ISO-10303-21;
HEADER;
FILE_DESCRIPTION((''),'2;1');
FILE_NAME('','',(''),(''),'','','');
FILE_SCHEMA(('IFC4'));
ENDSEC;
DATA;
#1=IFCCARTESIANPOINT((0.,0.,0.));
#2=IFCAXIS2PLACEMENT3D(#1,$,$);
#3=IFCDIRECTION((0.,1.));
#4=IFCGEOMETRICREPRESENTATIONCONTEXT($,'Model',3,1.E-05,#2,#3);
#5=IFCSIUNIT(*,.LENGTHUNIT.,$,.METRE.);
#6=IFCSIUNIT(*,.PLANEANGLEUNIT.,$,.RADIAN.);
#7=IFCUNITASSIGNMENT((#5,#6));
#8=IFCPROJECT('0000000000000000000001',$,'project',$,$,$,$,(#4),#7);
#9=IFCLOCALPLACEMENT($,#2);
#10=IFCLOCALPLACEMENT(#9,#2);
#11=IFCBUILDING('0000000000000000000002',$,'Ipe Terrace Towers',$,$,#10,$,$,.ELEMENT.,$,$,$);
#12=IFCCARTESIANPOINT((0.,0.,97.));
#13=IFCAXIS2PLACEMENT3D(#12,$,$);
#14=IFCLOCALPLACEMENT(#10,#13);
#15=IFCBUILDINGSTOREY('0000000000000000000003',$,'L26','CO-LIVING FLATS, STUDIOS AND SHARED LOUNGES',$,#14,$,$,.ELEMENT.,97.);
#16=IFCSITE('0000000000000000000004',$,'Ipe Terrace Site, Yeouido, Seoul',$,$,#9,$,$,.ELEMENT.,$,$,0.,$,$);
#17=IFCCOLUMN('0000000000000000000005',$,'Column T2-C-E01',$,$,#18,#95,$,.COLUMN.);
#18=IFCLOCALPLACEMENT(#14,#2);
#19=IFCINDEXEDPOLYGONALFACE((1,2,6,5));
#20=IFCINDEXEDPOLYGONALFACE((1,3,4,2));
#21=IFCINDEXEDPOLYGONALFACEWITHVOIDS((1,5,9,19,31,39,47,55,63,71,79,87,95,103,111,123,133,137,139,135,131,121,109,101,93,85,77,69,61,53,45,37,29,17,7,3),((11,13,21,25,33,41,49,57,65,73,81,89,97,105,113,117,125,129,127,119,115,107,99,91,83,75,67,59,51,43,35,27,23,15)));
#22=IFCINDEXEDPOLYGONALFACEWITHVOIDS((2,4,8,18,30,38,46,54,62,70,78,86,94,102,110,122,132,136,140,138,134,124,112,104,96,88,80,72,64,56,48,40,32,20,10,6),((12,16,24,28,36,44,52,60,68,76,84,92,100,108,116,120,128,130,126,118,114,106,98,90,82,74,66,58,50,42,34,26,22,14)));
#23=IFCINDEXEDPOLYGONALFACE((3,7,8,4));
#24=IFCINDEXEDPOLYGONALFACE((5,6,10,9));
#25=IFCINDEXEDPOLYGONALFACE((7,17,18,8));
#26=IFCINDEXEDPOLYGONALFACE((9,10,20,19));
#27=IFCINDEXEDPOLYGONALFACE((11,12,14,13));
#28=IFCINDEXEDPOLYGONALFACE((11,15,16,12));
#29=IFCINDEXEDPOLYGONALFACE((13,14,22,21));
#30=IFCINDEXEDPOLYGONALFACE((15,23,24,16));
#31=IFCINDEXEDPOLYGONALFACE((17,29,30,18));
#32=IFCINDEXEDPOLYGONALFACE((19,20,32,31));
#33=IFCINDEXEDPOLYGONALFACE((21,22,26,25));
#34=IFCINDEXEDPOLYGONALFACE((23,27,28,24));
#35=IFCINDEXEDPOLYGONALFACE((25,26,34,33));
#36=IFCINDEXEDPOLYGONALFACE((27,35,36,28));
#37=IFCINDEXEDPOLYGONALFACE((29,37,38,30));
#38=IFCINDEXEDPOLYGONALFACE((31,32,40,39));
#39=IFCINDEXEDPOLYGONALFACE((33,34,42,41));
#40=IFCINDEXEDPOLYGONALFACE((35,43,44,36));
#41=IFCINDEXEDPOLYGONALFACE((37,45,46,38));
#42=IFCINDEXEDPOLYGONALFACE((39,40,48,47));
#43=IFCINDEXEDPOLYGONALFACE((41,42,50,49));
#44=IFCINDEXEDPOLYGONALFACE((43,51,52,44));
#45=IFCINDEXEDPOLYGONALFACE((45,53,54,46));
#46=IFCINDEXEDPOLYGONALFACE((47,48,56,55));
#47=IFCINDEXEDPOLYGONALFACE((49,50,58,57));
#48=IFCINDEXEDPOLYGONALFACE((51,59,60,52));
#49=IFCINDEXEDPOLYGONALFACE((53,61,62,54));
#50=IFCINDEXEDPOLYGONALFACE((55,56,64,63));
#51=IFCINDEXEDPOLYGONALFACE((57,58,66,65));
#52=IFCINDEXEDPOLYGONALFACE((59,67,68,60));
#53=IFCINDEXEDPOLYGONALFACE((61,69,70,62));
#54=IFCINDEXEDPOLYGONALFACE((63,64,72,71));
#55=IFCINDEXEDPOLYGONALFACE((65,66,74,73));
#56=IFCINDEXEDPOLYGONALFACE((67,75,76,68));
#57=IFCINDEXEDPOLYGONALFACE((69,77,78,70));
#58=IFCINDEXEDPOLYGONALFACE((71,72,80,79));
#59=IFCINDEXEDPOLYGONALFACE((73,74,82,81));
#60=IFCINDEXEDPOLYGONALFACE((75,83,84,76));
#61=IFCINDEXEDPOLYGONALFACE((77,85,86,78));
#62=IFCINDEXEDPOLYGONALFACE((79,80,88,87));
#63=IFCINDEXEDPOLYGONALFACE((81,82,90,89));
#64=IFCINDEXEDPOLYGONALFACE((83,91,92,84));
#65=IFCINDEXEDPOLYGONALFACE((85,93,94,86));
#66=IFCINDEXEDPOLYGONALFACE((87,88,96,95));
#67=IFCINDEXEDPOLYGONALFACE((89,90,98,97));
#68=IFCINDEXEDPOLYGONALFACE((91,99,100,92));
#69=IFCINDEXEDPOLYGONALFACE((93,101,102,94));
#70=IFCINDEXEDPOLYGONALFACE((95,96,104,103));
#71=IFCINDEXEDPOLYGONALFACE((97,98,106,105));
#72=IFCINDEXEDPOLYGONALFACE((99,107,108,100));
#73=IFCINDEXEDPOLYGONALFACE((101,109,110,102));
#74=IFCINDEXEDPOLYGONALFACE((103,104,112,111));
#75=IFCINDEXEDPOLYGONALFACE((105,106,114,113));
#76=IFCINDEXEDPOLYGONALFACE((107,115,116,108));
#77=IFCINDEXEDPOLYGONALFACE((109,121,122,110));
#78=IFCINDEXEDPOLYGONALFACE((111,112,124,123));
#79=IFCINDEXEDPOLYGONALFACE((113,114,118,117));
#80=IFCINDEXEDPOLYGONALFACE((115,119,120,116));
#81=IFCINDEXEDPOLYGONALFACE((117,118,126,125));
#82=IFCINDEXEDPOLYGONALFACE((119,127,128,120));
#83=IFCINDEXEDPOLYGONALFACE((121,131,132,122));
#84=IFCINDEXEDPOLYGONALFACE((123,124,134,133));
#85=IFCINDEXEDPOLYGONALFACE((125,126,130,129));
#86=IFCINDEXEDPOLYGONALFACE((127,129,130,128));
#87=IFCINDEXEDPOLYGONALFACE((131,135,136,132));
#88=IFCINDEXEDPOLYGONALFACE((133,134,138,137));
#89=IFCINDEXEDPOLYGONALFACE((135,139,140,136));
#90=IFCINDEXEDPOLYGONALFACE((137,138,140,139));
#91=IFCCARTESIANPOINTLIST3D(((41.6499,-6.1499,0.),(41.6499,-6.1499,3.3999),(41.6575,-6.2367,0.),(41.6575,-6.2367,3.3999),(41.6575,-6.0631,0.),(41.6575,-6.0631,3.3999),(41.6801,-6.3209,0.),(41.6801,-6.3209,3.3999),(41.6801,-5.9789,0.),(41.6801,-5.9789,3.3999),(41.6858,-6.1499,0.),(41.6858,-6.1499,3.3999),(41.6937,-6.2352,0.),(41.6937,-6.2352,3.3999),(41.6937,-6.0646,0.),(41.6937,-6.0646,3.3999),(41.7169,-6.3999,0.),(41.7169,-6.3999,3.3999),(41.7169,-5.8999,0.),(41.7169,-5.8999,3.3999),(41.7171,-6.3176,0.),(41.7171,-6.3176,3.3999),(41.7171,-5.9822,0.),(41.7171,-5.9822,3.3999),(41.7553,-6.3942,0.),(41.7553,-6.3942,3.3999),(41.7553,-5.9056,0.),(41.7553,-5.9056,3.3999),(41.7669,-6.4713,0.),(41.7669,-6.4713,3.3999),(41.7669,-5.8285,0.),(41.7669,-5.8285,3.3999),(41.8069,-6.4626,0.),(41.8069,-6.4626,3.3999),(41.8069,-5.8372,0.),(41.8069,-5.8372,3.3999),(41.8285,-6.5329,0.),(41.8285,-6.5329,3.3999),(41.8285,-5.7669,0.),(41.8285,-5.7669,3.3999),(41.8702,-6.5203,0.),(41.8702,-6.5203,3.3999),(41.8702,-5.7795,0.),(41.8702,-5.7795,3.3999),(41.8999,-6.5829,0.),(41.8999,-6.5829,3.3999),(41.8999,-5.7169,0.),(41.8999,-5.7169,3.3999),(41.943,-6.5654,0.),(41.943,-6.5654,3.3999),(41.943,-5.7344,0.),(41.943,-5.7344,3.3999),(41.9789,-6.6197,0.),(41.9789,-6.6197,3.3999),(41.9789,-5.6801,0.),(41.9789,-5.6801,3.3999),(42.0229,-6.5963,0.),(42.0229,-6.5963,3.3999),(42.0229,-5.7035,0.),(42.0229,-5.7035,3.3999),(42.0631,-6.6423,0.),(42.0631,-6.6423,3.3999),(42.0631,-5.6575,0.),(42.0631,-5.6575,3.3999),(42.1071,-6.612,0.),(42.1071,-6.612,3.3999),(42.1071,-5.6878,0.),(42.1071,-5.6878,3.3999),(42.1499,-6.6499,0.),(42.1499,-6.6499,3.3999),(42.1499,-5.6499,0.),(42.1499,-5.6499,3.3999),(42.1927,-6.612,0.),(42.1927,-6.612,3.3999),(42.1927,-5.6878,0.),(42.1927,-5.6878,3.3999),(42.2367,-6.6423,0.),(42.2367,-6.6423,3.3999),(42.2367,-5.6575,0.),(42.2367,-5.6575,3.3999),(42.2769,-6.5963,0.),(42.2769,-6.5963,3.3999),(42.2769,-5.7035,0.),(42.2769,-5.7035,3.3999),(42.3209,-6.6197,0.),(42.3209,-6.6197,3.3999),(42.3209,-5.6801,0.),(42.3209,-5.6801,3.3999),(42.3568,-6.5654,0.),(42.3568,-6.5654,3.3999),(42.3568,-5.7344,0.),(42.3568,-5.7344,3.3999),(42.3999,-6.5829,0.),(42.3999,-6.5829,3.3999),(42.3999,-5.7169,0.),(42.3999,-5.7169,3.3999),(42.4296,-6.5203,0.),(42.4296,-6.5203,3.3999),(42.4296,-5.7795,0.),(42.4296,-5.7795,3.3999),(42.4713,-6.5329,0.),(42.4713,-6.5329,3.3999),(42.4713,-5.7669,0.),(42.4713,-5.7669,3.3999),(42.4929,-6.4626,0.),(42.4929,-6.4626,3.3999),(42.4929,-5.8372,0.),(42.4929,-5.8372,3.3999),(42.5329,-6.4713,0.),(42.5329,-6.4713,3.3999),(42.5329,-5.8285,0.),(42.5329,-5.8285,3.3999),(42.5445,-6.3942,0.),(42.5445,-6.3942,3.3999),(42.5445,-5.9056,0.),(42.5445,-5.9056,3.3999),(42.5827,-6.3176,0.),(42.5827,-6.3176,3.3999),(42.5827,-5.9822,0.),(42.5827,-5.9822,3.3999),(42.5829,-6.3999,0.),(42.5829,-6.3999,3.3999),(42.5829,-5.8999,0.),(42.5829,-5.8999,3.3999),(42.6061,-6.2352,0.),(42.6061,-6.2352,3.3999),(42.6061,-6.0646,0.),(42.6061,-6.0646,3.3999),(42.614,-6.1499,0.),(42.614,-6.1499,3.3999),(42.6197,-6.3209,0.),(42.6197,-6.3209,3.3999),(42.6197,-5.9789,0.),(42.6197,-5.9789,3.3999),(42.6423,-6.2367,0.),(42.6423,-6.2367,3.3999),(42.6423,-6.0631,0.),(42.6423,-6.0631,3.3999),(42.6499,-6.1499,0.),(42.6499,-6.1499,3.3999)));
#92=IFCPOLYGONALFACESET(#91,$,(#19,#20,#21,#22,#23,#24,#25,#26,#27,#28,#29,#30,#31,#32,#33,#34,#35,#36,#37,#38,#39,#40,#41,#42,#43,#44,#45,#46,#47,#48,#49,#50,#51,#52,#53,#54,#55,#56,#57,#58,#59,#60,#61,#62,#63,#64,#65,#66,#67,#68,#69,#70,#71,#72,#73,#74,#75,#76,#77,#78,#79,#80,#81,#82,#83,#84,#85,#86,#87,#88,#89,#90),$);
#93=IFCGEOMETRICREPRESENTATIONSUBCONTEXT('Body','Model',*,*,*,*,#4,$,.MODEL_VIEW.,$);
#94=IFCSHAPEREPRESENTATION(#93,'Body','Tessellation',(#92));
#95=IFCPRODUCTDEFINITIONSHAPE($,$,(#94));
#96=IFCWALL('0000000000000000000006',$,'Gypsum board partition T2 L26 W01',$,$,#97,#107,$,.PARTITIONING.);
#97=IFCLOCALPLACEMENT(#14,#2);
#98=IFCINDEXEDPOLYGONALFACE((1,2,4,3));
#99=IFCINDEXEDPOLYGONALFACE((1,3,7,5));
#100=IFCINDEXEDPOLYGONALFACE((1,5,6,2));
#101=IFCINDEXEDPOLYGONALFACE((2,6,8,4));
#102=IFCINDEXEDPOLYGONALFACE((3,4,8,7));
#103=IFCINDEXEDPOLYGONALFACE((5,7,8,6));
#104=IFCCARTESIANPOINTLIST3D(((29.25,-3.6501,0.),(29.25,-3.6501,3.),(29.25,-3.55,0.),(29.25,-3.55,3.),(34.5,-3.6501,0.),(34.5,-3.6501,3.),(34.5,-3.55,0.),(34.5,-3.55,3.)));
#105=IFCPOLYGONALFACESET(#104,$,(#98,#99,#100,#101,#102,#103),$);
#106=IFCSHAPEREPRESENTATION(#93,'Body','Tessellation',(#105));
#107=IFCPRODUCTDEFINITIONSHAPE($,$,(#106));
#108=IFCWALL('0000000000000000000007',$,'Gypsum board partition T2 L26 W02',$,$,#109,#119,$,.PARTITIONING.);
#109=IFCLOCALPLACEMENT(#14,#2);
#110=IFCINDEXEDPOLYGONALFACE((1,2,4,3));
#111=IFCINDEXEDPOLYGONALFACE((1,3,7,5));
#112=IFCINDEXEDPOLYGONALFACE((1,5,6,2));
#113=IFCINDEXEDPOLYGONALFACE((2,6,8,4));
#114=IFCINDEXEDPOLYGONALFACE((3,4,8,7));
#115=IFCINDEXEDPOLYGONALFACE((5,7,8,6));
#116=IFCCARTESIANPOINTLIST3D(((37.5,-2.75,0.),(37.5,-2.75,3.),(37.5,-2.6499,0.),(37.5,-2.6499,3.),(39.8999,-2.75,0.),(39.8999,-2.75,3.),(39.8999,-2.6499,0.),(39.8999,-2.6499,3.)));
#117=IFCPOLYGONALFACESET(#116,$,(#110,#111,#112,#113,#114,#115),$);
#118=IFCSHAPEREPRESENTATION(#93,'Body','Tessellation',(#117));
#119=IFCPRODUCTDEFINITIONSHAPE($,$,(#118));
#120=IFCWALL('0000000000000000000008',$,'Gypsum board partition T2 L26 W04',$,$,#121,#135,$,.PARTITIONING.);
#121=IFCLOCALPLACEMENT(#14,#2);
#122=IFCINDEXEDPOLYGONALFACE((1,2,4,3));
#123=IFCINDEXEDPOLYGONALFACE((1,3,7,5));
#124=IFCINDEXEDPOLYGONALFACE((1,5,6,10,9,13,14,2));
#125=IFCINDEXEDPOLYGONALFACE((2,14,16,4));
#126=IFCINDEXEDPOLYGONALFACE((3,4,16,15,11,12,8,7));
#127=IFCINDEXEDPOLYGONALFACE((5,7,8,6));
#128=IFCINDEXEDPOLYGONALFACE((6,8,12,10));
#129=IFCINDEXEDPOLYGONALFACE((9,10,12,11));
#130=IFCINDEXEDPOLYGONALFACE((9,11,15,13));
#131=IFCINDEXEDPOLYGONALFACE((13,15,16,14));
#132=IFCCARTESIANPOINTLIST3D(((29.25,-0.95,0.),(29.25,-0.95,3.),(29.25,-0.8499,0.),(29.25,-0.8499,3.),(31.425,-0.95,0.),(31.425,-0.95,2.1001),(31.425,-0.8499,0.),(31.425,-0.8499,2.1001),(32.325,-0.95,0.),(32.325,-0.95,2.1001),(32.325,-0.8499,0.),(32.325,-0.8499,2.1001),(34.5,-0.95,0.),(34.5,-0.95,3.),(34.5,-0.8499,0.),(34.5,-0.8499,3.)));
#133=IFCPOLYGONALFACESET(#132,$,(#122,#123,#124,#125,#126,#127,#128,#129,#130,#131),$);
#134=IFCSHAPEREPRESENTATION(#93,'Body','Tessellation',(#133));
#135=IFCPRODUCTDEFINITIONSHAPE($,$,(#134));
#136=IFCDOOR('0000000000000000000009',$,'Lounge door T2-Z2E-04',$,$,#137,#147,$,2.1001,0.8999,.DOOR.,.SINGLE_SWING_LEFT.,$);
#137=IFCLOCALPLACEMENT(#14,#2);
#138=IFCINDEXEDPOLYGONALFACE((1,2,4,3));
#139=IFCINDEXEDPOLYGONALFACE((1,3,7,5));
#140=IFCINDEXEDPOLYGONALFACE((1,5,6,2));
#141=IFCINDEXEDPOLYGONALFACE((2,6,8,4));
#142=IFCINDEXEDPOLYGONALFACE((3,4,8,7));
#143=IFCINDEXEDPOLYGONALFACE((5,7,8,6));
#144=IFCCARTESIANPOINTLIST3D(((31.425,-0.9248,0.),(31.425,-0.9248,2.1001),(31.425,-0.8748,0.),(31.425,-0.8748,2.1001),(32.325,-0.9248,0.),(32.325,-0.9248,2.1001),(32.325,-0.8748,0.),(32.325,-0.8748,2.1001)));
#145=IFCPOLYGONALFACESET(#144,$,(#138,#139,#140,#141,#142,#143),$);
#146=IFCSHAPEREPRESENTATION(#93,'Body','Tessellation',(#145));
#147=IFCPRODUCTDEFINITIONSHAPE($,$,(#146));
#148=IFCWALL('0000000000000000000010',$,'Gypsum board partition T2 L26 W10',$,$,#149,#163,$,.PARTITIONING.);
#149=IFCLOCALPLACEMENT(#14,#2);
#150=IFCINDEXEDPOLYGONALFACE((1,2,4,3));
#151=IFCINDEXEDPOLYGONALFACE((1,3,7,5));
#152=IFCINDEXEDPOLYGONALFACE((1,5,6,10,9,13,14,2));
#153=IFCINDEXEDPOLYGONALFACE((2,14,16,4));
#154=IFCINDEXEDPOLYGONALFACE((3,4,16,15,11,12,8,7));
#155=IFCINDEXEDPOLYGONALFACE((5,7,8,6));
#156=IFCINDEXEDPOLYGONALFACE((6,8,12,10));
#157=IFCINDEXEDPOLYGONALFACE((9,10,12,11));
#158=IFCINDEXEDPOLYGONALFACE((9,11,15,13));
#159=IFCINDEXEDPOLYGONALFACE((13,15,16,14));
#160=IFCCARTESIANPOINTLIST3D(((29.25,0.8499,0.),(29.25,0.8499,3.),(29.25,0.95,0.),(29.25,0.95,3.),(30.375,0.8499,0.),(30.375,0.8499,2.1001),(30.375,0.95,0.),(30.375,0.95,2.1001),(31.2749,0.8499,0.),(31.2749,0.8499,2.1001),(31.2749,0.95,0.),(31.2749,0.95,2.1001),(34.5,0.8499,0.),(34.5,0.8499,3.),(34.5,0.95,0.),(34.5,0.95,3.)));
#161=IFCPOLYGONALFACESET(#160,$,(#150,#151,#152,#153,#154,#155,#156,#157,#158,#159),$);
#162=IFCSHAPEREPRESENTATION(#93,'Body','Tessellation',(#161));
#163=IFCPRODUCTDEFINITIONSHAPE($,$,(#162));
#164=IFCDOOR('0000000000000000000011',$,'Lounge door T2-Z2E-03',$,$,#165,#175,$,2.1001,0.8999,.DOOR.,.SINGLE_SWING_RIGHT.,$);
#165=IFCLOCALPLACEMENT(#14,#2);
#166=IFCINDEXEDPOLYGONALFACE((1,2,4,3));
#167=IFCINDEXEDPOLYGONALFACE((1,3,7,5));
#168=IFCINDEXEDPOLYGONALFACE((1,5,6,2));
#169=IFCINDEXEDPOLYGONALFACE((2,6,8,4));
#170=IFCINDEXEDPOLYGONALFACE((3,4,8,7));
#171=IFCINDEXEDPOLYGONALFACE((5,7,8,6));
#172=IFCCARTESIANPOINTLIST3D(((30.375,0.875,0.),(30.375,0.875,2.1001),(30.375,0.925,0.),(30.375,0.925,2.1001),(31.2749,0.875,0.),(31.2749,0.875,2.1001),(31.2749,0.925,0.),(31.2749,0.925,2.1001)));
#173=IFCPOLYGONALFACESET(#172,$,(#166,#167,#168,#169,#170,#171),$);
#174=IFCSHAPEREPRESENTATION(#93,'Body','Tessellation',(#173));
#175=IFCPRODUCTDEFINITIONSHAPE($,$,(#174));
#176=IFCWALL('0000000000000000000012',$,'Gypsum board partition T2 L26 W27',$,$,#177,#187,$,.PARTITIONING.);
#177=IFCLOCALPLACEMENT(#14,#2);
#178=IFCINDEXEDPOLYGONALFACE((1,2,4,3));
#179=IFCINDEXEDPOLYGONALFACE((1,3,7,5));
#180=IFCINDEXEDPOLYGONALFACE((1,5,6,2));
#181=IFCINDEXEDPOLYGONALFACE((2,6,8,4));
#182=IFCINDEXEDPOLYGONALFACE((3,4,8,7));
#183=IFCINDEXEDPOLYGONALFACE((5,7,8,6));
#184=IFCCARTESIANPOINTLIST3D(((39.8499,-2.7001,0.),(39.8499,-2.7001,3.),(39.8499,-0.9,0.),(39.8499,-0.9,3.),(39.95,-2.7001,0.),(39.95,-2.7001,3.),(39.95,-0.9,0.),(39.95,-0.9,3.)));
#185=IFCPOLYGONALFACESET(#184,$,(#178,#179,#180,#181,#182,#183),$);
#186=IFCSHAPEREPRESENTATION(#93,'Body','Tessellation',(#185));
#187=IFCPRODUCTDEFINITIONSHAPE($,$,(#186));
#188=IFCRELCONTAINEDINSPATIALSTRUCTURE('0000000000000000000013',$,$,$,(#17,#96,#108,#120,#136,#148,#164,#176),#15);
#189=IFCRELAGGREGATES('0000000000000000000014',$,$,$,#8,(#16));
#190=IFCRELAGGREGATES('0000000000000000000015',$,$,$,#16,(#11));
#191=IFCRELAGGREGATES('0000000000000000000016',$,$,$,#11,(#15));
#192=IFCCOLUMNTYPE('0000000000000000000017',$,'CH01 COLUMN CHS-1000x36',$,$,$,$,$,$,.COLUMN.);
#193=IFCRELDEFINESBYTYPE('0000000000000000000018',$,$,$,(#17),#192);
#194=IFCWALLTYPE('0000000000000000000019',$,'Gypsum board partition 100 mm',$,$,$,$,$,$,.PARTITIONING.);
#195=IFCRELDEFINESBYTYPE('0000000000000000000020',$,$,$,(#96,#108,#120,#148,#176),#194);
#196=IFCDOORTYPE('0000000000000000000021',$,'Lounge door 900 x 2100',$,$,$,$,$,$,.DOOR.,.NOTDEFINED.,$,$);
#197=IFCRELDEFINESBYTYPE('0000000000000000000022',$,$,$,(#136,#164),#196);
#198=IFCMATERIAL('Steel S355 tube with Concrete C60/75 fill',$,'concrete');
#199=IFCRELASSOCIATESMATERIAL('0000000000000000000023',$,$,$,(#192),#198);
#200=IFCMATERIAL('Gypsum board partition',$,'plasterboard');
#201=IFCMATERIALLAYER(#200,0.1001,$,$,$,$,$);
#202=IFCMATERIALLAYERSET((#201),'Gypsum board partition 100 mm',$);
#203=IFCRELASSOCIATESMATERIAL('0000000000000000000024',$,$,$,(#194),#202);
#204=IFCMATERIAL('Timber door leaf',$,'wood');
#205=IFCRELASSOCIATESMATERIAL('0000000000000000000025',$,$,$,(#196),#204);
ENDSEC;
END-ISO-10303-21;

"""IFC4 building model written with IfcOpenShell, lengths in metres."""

from ifc_helpers import new_model, si_unit, direction, frame, frame_2d, origin, origin_2d, place, context, subcontext, project, spatial, rectangle, hollow_circle, extrude, material, layer, layer_set, material_profile, profile_set, type_object, element, fill, save


model = new_model("IFC4")

# Units and contexts
model_context = context("Model", 3, precision=1e-05, world=origin(), true_north=direction((0.0, 1.0)))
body_context = subcontext(model_context, "Body", "Model", "MODEL_VIEW")
ifc_project = project(units=[si_unit("LENGTHUNIT", "METRE"), si_unit("PLANEANGLEUNIT", "RADIAN")], contexts=[model_context])

# Site, building, storey
site_placement = place(None, origin())
site = spatial("IfcSite", under=ifc_project, at=site_placement, Name="Ipe Terrace Site, Yeouido, Seoul", CompositionType="ELEMENT", RefElevation=0.0)
building_placement = place(site_placement, origin())
building = spatial("IfcBuilding", under=site, at=building_placement, Name="Ipe Terrace Towers", CompositionType="ELEMENT")
storey_placement = place(building_placement, frame((0.0, 0.0, 97.0)))
storey = spatial("IfcBuildingStorey", under=building, at=storey_placement, Name="L26", Description="CO-LIVING FLATS, STUDIOS AND SHARED LOUNGES", CompositionType="ELEMENT", Elevation=97.0)

# Column
ifc_material_1 = material(Name="Steel S355 tube with Concrete C60/75 fill", Category="concrete")
ifc_material_profile = material_profile(ifc_material_1, hollow_circle(Radius=0.5, WallThickness=0.0359, at=origin_2d()), Name="CHS-1000x36")
ifc_profile_set = profile_set([ifc_material_profile], Name="Steel S355 tube with Concrete C60/75 fill")
column_type = type_object("IfcColumnType", Name="CH01 COLUMN CHS-1000x36", PredefinedType="COLUMN", material=ifc_profile_set)
column_placement = place(storey_placement, frame((42.1499, -6.1499, 0.0), z_axis=(0.0, 0.0, 1.0), x_axis=(1.0, 0.0, 0.0)))
element("IfcColumn", 1, at=column_placement, inside=storey, type_object=column_type, Name="Column T2-C-E01", PredefinedType="COLUMN", context=body_context, shape_type="SweptSolid", body=[
    extrude(hollow_circle(Radius=0.5, WallThickness=0.0359, at=origin_2d()), origin(), (0.0, 0.0, 1.0), 3.3999),
])

# Walls
ifc_material_2 = material(Name="Gypsum board partition", Category="plasterboard")
ifc_layer_1 = layer(ifc_material_2, 0.1001)
ifc_layer_set_1 = layer_set([ifc_layer_1], Name="Gypsum board partition 100 mm")
wall_type_1 = type_object("IfcWallType", Name="Gypsum board partition 100 mm", PredefinedType="PARTITIONING", material=ifc_layer_set_1)
wall_1_placement = place(storey_placement, frame((34.5, -3.6001, 0.0), z_axis=(0.0, 0.0, 1.0), x_axis=(-1.0, 0.0, 0.0)))
element("IfcWall", 2, at=wall_1_placement, inside=storey, type_object=wall_type_1, Name="Gypsum board partition T2 L26 W01", PredefinedType="PARTITIONING", context=body_context, shape_type="SweptSolid", body=[
    extrude(rectangle(XDim=5.25, YDim=0.1001, at=frame_2d((2.625, 0.0))), origin(), (0.0, 0.0, 1.0), 3.0),
])
wall_2_placement = place(storey_placement, frame((39.8999, -2.7, 0.0), z_axis=(0.0, 0.0, 1.0), x_axis=(-1.0, 0.0, 0.0)))
element("IfcWall", 3, at=wall_2_placement, inside=storey, type_object=wall_type_1, Name="Gypsum board partition T2 L26 W02", PredefinedType="PARTITIONING", context=body_context, shape_type="SweptSolid", body=[
    extrude(rectangle(XDim=2.3999, YDim=0.1001, at=frame_2d((1.2, 0.0))), origin(), (0.0, 0.0, 1.0), 3.0),
])

# Walls, openings, doors
wall_3_placement = place(storey_placement, frame((34.5, -0.8999, 0.0), z_axis=(0.0, 0.0, 1.0), x_axis=(-1.0, 0.0, 0.0)))
wall_3 = element("IfcWall", 4, at=wall_3_placement, inside=storey, type_object=wall_type_1, Name="Gypsum board partition T2 L26 W04", PredefinedType="PARTITIONING", context=body_context, shape_type="SweptSolid", body=[
    extrude(rectangle(XDim=5.25, YDim=0.1001, at=frame_2d((2.625, 0.0))), origin(), (0.0, 0.0, 1.0), 3.0),
])
opening_1_placement = place(wall_3_placement, frame((2.175, 0.0, 0.0)))
opening_1 = element("IfcOpeningElement", 5, at=opening_1_placement, cuts=wall_3, PredefinedType="OPENING", context=body_context, shape_type="SweptSolid", body=[
    extrude(rectangle(XDim=0.8999, YDim=2.1001, at=frame_2d((0.45, 1.05))), frame((0.0, 0.0601, 0.0), z_axis=(0.0, -1.0, 0.0), x_axis=(1.0, 0.0, 0.0)), (0.0, 0.0, 1.0), 0.1201),
])
ifc_material_3 = material(Name="Timber door leaf", Category="wood")
door_type_1 = type_object("IfcDoorType", Name="Lounge door 900 x 2100", OperationType="NOTDEFINED", PredefinedType="DOOR", material=ifc_material_3)
door_1_placement = place(opening_1_placement, origin())
door_1 = element("IfcDoor", 6, at=door_1_placement, inside=storey, type_object=door_type_1, Name="Lounge door T2-Z2E-04", OperationType="SINGLE_SWING_LEFT", OverallHeight=2.1001, OverallWidth=0.8999, PredefinedType="DOOR", context=body_context, shape_type="SweptSolid", body=[
    extrude(rectangle(XDim=0.8999, YDim=2.1001, at=frame_2d((0.45, 1.05))), frame((0.0, 0.0249, 0.0), z_axis=(0.0, -1.0, 0.0), x_axis=(1.0, 0.0, 0.0)), (0.0, 0.0, 1.0), 0.05),
])
fill(opening_1, door_1)
wall_4_placement = place(storey_placement, frame((34.5, 0.8999, 0.0), z_axis=(0.0, 0.0, 1.0), x_axis=(-1.0, 0.0, 0.0)))
wall_4 = element("IfcWall", 7, at=wall_4_placement, inside=storey, type_object=wall_type_1, Name="Gypsum board partition T2 L26 W10", PredefinedType="PARTITIONING", context=body_context, shape_type="SweptSolid", body=[
    extrude(rectangle(XDim=5.25, YDim=0.1001, at=frame_2d((2.625, 0.0))), origin(), (0.0, 0.0, 1.0), 3.0),
])
opening_2_placement = place(wall_4_placement, frame((3.2251, 0.0, 0.0)))
opening_2 = element("IfcOpeningElement", 8, at=opening_2_placement, cuts=wall_4, PredefinedType="OPENING", context=body_context, shape_type="SweptSolid", body=[
    extrude(rectangle(XDim=0.8999, YDim=2.1001, at=frame_2d((0.45, 1.05))), frame((0.0, 0.0601, 0.0), z_axis=(0.0, -1.0, 0.0), x_axis=(1.0, 0.0, 0.0)), (0.0, 0.0, 1.0), 0.1201),
])
door_2_placement = place(opening_2_placement, origin())
door_2 = element("IfcDoor", 9, at=door_2_placement, inside=storey, type_object=door_type_1, Name="Lounge door T2-Z2E-03", OperationType="SINGLE_SWING_RIGHT", OverallHeight=2.1001, OverallWidth=0.8999, PredefinedType="DOOR", context=body_context, shape_type="SweptSolid", body=[
    extrude(rectangle(XDim=0.8999, YDim=2.1001, at=frame_2d((0.45, 1.05))), frame((0.0, 0.0249, 0.0), z_axis=(0.0, -1.0, 0.0), x_axis=(1.0, 0.0, 0.0)), (0.0, 0.0, 1.0), 0.05),
])
fill(opening_2, door_2)

# Wall
wall_5_placement = place(storey_placement, frame((39.8999, -2.7, 0.0), z_axis=(0.0, 0.0, 1.0), x_axis=(0.0, 1.0, 0.0)))
element("IfcWall", 10, at=wall_5_placement, inside=storey, type_object=wall_type_1, Name="Gypsum board partition T2 L26 W27", PredefinedType="PARTITIONING", context=body_context, shape_type="SweptSolid", body=[
    extrude(rectangle(XDim=1.8, YDim=0.1001, at=frame_2d((0.8999, 0.0))), origin(), (0.0, 0.0, 1.0), 3.0),
])

save(model, "model.ifc")
